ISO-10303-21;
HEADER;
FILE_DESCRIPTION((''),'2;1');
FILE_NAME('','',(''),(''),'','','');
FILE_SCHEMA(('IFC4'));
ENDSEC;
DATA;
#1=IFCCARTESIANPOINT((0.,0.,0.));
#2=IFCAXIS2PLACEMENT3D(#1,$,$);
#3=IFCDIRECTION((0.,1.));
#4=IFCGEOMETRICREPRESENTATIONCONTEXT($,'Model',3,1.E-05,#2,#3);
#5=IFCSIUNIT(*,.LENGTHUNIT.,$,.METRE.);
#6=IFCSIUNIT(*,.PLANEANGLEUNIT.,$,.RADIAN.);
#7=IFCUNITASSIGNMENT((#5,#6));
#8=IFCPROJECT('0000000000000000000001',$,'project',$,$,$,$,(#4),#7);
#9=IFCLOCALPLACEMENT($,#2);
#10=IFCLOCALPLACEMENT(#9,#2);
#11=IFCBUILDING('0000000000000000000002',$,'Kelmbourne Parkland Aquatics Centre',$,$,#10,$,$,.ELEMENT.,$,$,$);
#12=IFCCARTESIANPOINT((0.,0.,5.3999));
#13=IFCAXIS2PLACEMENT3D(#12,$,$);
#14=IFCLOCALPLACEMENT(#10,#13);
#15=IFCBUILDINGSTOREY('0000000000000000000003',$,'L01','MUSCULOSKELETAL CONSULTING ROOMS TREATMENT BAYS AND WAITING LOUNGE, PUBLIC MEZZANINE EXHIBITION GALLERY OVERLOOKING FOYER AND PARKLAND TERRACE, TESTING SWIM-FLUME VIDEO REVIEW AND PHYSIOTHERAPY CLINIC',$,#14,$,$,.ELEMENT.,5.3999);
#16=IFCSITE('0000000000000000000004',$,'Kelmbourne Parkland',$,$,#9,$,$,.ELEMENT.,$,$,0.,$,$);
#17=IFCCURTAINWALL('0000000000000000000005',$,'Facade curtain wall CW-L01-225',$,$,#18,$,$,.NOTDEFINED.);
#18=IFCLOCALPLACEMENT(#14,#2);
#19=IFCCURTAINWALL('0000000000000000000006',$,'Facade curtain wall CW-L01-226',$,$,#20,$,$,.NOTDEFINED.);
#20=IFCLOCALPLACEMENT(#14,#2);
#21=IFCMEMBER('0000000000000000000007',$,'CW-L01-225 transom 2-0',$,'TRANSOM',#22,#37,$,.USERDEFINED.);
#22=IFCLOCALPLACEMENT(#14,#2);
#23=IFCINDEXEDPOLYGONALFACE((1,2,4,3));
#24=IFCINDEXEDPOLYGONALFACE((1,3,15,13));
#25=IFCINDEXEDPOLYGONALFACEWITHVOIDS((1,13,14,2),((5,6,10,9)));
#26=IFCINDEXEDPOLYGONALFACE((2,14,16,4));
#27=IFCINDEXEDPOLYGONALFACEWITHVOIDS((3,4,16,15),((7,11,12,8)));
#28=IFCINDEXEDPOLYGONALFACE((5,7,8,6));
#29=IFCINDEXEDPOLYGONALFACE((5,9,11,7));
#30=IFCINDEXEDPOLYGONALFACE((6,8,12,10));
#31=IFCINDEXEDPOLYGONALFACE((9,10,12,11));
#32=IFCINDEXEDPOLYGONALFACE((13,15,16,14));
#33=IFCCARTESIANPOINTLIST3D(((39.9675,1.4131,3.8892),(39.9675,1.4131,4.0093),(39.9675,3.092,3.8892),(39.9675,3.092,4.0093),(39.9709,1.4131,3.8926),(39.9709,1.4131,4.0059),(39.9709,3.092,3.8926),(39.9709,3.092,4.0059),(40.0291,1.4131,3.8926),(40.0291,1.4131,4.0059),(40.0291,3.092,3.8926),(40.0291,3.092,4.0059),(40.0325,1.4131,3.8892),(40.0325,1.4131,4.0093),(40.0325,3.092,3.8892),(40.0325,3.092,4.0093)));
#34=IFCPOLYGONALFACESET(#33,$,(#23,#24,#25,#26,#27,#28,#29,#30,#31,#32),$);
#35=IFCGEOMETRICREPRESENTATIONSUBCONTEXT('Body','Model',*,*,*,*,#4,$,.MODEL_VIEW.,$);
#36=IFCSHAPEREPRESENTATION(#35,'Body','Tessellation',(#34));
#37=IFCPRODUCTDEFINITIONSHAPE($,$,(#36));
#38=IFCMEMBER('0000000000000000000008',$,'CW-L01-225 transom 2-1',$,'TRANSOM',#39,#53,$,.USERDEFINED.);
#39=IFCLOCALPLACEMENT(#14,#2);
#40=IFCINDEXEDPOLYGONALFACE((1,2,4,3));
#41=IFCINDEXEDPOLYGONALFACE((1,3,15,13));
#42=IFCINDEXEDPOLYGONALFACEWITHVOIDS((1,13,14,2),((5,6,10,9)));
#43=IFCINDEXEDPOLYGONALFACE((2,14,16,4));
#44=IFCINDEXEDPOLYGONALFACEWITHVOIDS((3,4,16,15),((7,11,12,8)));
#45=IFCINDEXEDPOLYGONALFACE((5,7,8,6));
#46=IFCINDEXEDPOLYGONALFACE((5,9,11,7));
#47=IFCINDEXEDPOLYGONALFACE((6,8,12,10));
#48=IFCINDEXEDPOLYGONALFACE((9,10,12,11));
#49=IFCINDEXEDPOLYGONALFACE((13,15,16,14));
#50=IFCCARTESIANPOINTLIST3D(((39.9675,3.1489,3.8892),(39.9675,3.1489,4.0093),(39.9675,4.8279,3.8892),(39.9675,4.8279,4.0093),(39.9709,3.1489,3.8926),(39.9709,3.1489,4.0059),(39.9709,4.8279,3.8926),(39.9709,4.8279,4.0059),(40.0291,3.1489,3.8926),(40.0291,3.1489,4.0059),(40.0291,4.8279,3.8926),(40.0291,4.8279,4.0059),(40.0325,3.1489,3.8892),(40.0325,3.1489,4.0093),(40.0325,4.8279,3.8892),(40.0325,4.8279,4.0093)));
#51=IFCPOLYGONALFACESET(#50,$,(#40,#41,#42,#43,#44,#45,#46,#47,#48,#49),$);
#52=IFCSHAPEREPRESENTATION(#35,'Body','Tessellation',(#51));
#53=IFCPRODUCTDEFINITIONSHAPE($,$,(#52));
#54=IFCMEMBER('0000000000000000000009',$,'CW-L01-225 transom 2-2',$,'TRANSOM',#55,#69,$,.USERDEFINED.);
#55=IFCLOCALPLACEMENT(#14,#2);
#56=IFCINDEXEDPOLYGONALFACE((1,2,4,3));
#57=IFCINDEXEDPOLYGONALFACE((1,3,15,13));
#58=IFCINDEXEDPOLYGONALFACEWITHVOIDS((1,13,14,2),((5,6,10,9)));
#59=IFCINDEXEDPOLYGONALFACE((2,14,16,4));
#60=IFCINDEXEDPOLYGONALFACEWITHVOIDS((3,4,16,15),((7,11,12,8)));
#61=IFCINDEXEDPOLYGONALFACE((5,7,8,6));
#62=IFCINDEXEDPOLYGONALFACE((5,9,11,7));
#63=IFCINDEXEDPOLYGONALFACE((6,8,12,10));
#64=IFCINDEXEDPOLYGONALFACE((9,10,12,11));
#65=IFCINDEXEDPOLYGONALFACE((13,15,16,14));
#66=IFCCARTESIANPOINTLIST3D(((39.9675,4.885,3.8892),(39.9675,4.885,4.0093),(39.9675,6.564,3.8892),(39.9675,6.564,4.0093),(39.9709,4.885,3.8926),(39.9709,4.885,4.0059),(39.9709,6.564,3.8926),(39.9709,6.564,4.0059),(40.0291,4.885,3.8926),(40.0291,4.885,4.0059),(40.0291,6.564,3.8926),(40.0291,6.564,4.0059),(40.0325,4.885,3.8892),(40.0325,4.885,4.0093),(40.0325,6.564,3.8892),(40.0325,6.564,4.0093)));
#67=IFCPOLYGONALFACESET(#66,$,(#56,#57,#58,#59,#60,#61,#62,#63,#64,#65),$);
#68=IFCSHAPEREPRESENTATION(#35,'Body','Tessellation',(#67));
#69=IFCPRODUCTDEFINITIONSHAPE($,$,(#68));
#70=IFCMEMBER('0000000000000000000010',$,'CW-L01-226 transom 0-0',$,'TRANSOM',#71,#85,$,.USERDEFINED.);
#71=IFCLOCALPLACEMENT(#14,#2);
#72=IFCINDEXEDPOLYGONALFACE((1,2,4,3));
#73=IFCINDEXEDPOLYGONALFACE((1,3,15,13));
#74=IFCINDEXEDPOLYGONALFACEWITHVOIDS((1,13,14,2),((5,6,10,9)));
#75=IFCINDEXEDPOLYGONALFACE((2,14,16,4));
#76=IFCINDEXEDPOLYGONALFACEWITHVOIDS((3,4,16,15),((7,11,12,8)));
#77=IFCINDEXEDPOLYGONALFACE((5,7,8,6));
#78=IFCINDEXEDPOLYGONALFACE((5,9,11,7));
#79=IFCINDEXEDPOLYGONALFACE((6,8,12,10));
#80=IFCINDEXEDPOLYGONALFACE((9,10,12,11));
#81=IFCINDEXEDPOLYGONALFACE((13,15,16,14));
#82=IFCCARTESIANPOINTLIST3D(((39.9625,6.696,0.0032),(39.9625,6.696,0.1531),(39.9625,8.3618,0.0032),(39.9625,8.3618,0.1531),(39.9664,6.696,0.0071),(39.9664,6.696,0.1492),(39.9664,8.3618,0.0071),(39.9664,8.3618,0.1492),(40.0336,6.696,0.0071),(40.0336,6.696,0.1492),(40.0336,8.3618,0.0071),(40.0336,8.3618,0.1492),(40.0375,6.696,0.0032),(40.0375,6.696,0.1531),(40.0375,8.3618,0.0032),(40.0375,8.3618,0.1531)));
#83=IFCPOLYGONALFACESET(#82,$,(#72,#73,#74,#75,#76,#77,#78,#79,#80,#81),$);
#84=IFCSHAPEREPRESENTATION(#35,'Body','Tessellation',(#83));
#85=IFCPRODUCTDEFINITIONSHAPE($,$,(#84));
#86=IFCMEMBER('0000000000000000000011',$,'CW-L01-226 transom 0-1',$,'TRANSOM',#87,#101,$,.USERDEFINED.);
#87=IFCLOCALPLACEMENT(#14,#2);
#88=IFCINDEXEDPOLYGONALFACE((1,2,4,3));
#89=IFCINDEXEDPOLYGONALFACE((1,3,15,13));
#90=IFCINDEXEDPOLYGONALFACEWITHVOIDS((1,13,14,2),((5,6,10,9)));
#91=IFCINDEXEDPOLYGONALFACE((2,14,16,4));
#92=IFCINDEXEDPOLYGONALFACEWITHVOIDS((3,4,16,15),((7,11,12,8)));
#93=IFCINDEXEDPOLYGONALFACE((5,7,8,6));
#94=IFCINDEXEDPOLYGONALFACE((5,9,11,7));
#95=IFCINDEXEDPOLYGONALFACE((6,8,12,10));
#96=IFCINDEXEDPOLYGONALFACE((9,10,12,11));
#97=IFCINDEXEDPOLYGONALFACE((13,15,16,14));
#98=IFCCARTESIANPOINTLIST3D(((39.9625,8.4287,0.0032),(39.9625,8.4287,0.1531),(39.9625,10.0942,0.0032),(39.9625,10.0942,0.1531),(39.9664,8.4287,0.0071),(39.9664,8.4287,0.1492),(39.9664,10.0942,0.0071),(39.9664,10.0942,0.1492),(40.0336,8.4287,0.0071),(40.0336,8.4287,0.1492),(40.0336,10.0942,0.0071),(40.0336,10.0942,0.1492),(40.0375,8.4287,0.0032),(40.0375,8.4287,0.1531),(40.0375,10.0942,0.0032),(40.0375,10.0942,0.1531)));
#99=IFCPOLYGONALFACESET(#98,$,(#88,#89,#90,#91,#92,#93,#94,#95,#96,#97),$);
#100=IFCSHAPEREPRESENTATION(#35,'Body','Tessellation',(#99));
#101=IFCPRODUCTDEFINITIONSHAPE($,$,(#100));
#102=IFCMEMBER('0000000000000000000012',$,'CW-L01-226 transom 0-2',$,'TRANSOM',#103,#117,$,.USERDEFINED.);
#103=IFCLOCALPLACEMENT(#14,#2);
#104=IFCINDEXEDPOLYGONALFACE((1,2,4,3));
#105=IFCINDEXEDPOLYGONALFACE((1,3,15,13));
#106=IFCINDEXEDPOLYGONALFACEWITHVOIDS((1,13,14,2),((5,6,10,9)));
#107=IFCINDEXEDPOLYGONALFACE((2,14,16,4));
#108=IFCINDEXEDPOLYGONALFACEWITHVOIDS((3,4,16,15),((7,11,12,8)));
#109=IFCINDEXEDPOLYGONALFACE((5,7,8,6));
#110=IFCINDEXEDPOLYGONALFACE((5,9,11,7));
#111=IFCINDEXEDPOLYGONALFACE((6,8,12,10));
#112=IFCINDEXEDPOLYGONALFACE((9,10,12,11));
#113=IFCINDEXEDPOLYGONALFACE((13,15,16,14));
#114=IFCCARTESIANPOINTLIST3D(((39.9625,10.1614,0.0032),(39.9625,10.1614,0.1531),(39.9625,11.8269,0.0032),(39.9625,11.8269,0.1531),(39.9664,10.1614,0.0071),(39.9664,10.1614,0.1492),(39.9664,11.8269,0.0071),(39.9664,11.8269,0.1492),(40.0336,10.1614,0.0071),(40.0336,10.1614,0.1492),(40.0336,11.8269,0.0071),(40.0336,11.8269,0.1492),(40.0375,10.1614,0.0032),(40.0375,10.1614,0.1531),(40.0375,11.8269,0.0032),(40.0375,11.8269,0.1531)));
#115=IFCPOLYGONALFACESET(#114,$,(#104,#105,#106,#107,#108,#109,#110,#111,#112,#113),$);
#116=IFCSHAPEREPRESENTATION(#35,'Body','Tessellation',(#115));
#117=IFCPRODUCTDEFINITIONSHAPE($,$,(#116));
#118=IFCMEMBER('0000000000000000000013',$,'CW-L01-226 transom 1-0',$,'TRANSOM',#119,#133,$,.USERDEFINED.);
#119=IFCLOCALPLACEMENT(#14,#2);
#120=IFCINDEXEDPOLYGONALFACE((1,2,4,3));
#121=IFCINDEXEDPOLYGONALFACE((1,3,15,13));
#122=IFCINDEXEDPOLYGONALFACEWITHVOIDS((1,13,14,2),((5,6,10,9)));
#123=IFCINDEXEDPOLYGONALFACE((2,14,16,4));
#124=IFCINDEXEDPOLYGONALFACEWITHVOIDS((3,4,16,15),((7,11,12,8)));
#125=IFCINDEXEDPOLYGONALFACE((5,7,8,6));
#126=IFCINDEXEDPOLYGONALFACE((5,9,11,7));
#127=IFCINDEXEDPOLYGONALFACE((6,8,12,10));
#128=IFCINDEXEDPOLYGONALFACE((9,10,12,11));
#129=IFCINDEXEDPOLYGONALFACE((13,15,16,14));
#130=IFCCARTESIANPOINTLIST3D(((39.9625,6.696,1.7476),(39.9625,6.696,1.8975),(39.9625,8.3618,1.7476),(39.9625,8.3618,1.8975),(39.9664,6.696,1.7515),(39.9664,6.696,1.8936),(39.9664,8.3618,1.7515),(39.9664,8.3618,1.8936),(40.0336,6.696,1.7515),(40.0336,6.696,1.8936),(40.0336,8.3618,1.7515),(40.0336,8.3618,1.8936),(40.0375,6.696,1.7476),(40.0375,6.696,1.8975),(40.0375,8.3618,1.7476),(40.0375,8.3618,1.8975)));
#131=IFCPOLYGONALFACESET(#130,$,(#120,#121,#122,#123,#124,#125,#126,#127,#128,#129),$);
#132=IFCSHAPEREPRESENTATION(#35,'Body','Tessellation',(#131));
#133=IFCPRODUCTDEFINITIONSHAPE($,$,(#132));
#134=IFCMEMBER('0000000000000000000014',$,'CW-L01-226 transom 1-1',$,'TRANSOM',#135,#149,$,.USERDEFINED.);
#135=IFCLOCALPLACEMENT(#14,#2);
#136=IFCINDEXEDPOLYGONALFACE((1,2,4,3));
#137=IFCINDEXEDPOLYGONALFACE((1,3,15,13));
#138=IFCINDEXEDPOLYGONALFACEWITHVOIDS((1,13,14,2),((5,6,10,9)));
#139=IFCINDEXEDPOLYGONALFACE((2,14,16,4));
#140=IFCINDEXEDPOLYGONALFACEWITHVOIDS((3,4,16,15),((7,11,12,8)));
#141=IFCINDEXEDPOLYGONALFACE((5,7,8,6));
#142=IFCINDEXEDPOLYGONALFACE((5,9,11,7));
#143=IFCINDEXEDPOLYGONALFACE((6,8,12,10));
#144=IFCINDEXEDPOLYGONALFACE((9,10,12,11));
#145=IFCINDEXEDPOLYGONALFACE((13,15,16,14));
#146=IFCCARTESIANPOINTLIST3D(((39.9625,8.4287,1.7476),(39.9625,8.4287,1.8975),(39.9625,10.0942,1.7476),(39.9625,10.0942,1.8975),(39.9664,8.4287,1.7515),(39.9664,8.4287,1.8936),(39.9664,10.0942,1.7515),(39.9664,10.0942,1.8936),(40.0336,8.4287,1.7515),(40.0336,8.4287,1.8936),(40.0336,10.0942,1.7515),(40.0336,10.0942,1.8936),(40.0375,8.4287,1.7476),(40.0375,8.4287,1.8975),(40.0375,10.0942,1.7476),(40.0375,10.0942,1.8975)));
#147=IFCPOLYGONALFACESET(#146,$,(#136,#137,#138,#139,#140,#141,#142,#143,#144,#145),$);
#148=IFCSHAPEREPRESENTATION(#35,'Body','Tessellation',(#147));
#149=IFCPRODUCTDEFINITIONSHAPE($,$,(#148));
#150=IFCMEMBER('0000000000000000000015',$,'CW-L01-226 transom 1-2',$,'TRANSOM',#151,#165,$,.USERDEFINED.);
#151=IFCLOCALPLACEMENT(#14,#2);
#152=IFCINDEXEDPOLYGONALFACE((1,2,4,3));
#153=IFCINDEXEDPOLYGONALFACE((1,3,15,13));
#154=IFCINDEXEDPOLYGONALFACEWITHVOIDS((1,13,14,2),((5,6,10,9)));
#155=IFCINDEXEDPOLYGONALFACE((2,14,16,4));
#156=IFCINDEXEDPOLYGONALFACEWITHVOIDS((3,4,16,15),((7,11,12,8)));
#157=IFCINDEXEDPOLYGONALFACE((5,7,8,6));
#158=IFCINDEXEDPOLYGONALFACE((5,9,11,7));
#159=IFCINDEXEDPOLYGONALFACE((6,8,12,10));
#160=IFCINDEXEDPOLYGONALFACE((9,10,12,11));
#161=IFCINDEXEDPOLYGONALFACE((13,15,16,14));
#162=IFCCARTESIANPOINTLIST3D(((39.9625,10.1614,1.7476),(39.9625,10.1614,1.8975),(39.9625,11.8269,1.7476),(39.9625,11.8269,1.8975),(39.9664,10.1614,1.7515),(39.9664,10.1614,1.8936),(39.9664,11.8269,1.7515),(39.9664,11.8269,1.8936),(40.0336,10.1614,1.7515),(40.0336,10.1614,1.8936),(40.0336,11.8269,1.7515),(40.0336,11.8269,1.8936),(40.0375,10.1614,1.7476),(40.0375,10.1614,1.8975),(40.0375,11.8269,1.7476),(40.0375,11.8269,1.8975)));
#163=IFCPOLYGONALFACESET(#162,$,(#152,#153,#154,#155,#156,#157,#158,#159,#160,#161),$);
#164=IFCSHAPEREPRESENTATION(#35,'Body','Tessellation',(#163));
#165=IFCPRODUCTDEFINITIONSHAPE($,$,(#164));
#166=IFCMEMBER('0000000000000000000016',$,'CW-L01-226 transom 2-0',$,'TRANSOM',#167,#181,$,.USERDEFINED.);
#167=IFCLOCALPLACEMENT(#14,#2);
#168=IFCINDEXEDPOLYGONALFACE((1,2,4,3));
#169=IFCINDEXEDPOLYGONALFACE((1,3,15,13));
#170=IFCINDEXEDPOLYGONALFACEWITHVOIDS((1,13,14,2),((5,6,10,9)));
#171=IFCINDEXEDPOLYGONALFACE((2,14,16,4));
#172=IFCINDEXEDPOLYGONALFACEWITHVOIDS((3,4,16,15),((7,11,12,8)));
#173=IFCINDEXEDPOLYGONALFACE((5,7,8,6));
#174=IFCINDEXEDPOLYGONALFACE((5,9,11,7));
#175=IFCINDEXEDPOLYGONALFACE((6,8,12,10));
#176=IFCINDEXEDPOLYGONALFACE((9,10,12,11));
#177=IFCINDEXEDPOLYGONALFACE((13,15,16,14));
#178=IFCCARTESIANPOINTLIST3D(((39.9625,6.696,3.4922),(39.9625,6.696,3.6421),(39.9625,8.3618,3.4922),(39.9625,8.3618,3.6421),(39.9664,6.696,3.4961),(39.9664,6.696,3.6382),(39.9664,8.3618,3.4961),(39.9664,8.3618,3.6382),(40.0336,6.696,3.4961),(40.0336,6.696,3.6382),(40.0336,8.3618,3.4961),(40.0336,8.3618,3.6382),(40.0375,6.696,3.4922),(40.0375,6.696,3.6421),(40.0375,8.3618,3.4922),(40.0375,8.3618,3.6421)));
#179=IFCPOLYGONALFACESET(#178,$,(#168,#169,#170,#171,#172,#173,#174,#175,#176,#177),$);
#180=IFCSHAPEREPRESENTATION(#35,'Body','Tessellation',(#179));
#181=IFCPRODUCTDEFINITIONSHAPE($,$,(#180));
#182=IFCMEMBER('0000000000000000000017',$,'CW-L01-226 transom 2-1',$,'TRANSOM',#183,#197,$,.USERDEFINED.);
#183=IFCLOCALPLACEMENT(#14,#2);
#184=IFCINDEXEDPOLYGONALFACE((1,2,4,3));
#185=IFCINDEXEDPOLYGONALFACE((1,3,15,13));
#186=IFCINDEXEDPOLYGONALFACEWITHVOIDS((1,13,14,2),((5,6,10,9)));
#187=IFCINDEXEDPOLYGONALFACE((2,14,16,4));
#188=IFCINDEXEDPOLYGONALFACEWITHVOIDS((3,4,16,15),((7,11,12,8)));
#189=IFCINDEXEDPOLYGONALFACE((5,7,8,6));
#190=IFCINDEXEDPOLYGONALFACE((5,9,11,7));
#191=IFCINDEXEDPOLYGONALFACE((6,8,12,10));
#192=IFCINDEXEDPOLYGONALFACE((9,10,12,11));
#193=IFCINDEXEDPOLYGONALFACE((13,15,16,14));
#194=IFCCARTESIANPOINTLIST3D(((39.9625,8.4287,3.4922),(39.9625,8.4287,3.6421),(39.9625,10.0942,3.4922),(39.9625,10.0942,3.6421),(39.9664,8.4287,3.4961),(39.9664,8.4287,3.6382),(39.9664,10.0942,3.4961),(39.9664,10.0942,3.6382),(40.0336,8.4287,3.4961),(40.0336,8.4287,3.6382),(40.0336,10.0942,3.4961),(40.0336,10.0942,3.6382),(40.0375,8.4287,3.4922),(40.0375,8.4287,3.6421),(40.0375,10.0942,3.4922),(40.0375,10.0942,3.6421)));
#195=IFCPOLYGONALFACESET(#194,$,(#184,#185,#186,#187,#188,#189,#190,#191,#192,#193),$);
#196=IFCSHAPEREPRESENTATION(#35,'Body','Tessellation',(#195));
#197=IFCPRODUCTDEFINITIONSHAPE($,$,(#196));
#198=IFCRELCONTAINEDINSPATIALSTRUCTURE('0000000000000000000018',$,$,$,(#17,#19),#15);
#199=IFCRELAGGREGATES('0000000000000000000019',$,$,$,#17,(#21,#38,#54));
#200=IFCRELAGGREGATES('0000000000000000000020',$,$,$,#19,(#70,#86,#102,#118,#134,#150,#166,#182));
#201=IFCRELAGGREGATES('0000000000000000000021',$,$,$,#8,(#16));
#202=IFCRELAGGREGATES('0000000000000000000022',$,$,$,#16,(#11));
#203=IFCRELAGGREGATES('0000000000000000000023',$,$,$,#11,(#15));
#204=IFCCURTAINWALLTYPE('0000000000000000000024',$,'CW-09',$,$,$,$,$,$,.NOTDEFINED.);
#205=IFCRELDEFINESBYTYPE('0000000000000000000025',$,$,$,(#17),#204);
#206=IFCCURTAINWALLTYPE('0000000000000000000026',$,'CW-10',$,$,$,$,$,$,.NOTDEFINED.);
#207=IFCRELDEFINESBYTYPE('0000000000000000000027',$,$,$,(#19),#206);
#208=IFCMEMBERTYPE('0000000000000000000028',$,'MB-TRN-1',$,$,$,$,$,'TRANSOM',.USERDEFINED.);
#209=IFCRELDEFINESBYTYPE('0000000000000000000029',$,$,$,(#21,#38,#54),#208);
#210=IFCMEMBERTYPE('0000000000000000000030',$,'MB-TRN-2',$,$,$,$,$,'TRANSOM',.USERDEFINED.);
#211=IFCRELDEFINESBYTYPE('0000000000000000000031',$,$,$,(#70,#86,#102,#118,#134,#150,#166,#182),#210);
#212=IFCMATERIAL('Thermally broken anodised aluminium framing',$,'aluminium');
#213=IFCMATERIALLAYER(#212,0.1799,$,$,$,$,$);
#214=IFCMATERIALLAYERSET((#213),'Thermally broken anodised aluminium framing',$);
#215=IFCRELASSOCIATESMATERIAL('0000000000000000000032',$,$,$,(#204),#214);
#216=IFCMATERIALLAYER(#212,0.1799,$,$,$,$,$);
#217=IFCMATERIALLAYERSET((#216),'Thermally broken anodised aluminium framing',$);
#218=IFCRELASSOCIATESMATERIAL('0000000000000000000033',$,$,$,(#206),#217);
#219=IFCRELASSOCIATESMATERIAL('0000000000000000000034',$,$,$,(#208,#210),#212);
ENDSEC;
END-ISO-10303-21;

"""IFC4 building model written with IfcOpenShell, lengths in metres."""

from ifc_helpers import new_model, si_unit, direction, frame, origin, origin_2d, place, context, subcontext, project, spatial, hollow_rectangle, extrude, material, layer, layer_set, material_profile, profile_set, type_object, element, aggregate, save


model = new_model("IFC4")

# Units and contexts
model_context = context("Model", 3, precision=1e-05, world=origin(), true_north=direction((0.0, 1.0)))
body_context = subcontext(model_context, "Body", "Model", "MODEL_VIEW")
ifc_project = project(units=[si_unit("LENGTHUNIT", "METRE"), si_unit("PLANEANGLEUNIT", "RADIAN")], contexts=[model_context])

# Site, building, storey
site_placement = place(None, origin())
site = spatial("IfcSite", under=ifc_project, at=site_placement, Name="Kelmbourne Parkland", CompositionType="ELEMENT", RefElevation=0.0)
building_placement = place(site_placement, origin())
building = spatial("IfcBuilding", under=site, at=building_placement, Name="Kelmbourne Parkland Aquatics Centre", CompositionType="ELEMENT")
storey_placement = place(building_placement, frame((0.0, 0.0, 5.3999)))
storey = spatial("IfcBuildingStorey", under=building, at=storey_placement, Name="L01", Description="MUSCULOSKELETAL CONSULTING ROOMS TREATMENT BAYS AND WAITING LOUNGE, PUBLIC MEZZANINE EXHIBITION GALLERY OVERLOOKING FOYER AND PARKLAND TERRACE, TESTING SWIM-FLUME VIDEO REVIEW AND PHYSIOTHERAPY CLINIC", CompositionType="ELEMENT", Elevation=5.3999)

# Curtain walls
ifc_material_1 = material(Name="Thermally broken anodised aluminium framing", Category="aluminium")
ifc_layer_1 = layer(ifc_material_1, 0.1799)
ifc_layer_set_1 = layer_set([ifc_layer_1], Name="Thermally broken anodised aluminium framing")
curtain_wall_type_1 = type_object("IfcCurtainWallType", Name="CW-09", PredefinedType="NOTDEFINED", material=ifc_layer_set_1)
curtain_wall_1_placement = place(storey_placement, origin())
curtain_wall_1 = element("IfcCurtainWall", 1, at=curtain_wall_1_placement, inside=storey, type_object=curtain_wall_type_1, Name="Facade curtain wall CW-L01-225", PredefinedType="NOTDEFINED")
ifc_layer_2 = layer(ifc_material_1, 0.1799)
ifc_layer_set_2 = layer_set([ifc_layer_2], Name="Thermally broken anodised aluminium framing")
curtain_wall_type_2 = type_object("IfcCurtainWallType", Name="CW-10", PredefinedType="NOTDEFINED", material=ifc_layer_set_2)
curtain_wall_2_placement = place(storey_placement, origin())
curtain_wall_2 = element("IfcCurtainWall", 2, at=curtain_wall_2_placement, inside=storey, type_object=curtain_wall_type_2, Name="Facade curtain wall CW-L01-226", PredefinedType="NOTDEFINED")

# Members
ifc_material_profile_1 = material_profile(ifc_material_1, hollow_rectangle(XDim=0.0649, YDim=0.1201, WallThickness=0.0034, at=origin_2d()), Name="CW-T 65x120")
ifc_profile_set_1 = profile_set([ifc_material_profile_1], Name="Thermally broken anodised aluminium framing")
member_type_1 = type_object("IfcMemberType", Name="MB-TRN-1", ElementType="TRANSOM", PredefinedType="USERDEFINED", material=ifc_profile_set_1)
member_1_placement = place(storey_placement, frame((40.0, 1.4131, 3.9492), z_axis=(0.0, 1.0, 0.0), x_axis=(-1.0, 0.0, 0.0)))
member_1 = element("IfcMember", 3, at=member_1_placement, type_object=member_type_1, Name="CW-L01-225 transom 2-0", ObjectType="TRANSOM", PredefinedType="USERDEFINED", context=body_context, shape_type="SweptSolid", body=[
    extrude(hollow_rectangle(XDim=0.0649, YDim=0.1201, WallThickness=0.0034, at=origin_2d()), origin(), (0.0, 0.0, 1.0), 1.679),
])
member_2_placement = place(storey_placement, frame((40.0, 3.1489, 3.9492), z_axis=(0.0, 1.0, 0.0), x_axis=(-1.0, 0.0, 0.0)))
member_2 = element("IfcMember", 4, at=member_2_placement, type_object=member_type_1, Name="CW-L01-225 transom 2-1", ObjectType="TRANSOM", PredefinedType="USERDEFINED", context=body_context, shape_type="SweptSolid", body=[
    extrude(hollow_rectangle(XDim=0.0649, YDim=0.1201, WallThickness=0.0034, at=origin_2d()), origin(), (0.0, 0.0, 1.0), 1.679),
])
member_3_placement = place(storey_placement, frame((40.0, 4.885, 3.9492), z_axis=(0.0, 1.0, 0.0), x_axis=(-1.0, 0.0, 0.0)))
member_3 = element("IfcMember", 5, at=member_3_placement, type_object=member_type_1, Name="CW-L01-225 transom 2-2", ObjectType="TRANSOM", PredefinedType="USERDEFINED", context=body_context, shape_type="SweptSolid", body=[
    extrude(hollow_rectangle(XDim=0.0649, YDim=0.1201, WallThickness=0.0034, at=origin_2d()), origin(), (0.0, 0.0, 1.0), 1.679),
])
ifc_material_profile_2 = material_profile(ifc_material_1, hollow_rectangle(XDim=0.075, YDim=0.1499, WallThickness=0.0039, at=origin_2d()), Name="CW-T 75x150")
ifc_profile_set_2 = profile_set([ifc_material_profile_2], Name="Thermally broken anodised aluminium framing")
member_type_2 = type_object("IfcMemberType", Name="MB-TRN-2", ElementType="TRANSOM", PredefinedType="USERDEFINED", material=ifc_profile_set_2)
member_4_placement = place(storey_placement, frame((40.0, 6.696, 0.0781), z_axis=(0.0, 1.0, 0.0), x_axis=(-1.0, 0.0, 0.0)))
member_4 = element("IfcMember", 6, at=member_4_placement, type_object=member_type_2, Name="CW-L01-226 transom 0-0", ObjectType="TRANSOM", PredefinedType="USERDEFINED", context=body_context, shape_type="SweptSolid", body=[
    extrude(hollow_rectangle(XDim=0.075, YDim=0.1499, WallThickness=0.0039, at=origin_2d()), origin(), (0.0, 0.0, 1.0), 1.6658),
])
member_5_placement = place(storey_placement, frame((40.0, 8.4287, 0.0781), z_axis=(0.0, 1.0, 0.0), x_axis=(-1.0, 0.0, 0.0)))
member_5 = element("IfcMember", 7, at=member_5_placement, type_object=member_type_2, Name="CW-L01-226 transom 0-1", ObjectType="TRANSOM", PredefinedType="USERDEFINED", context=body_context, shape_type="SweptSolid", body=[
    extrude(hollow_rectangle(XDim=0.075, YDim=0.1499, WallThickness=0.0039, at=origin_2d()), origin(), (0.0, 0.0, 1.0), 1.6655),
])
member_6_placement = place(storey_placement, frame((40.0, 10.1614, 0.0781), z_axis=(0.0, 1.0, 0.0), x_axis=(-1.0, 0.0, 0.0)))
member_6 = element("IfcMember", 8, at=member_6_placement, type_object=member_type_2, Name="CW-L01-226 transom 0-2", ObjectType="TRANSOM", PredefinedType="USERDEFINED", context=body_context, shape_type="SweptSolid", body=[
    extrude(hollow_rectangle(XDim=0.075, YDim=0.1499, WallThickness=0.0039, at=origin_2d()), origin(), (0.0, 0.0, 1.0), 1.6655),
])
member_7_placement = place(storey_placement, frame((40.0, 6.696, 1.8225), z_axis=(0.0, 1.0, 0.0), x_axis=(-1.0, 0.0, 0.0)))
member_7 = element("IfcMember", 9, at=member_7_placement, type_object=member_type_2, Name="CW-L01-226 transom 1-0", ObjectType="TRANSOM", PredefinedType="USERDEFINED", context=body_context, shape_type="SweptSolid", body=[
    extrude(hollow_rectangle(XDim=0.075, YDim=0.1499, WallThickness=0.0039, at=origin_2d()), origin(), (0.0, 0.0, 1.0), 1.6658),
])
member_8_placement = place(storey_placement, frame((40.0, 8.4287, 1.8225), z_axis=(0.0, 1.0, 0.0), x_axis=(-1.0, 0.0, 0.0)))
member_8 = element("IfcMember", 10, at=member_8_placement, type_object=member_type_2, Name="CW-L01-226 transom 1-1", ObjectType="TRANSOM", PredefinedType="USERDEFINED", context=body_context, shape_type="SweptSolid", body=[
    extrude(hollow_rectangle(XDim=0.075, YDim=0.1499, WallThickness=0.0039, at=origin_2d()), origin(), (0.0, 0.0, 1.0), 1.6655),
])
member_9_placement = place(storey_placement, frame((40.0, 10.1614, 1.8225), z_axis=(0.0, 1.0, 0.0), x_axis=(-1.0, 0.0, 0.0)))
member_9 = element("IfcMember", 11, at=member_9_placement, type_object=member_type_2, Name="CW-L01-226 transom 1-2", ObjectType="TRANSOM", PredefinedType="USERDEFINED", context=body_context, shape_type="SweptSolid", body=[
    extrude(hollow_rectangle(XDim=0.075, YDim=0.1499, WallThickness=0.0039, at=origin_2d()), origin(), (0.0, 0.0, 1.0), 1.6655),
])
member_10_placement = place(storey_placement, frame((40.0, 6.696, 3.5671), z_axis=(0.0, 1.0, 0.0), x_axis=(-1.0, 0.0, 0.0)))
member_10 = element("IfcMember", 12, at=member_10_placement, type_object=member_type_2, Name="CW-L01-226 transom 2-0", ObjectType="TRANSOM", PredefinedType="USERDEFINED", context=body_context, shape_type="SweptSolid", body=[
    extrude(hollow_rectangle(XDim=0.075, YDim=0.1499, WallThickness=0.0039, at=origin_2d()), origin(), (0.0, 0.0, 1.0), 1.6658),
])
member_11_placement = place(storey_placement, frame((40.0, 8.4287, 3.5671), z_axis=(0.0, 1.0, 0.0), x_axis=(-1.0, 0.0, 0.0)))
member_11 = element("IfcMember", 13, at=member_11_placement, type_object=member_type_2, Name="CW-L01-226 transom 2-1", ObjectType="TRANSOM", PredefinedType="USERDEFINED", context=body_context, shape_type="SweptSolid", body=[
    extrude(hollow_rectangle(XDim=0.075, YDim=0.1499, WallThickness=0.0039, at=origin_2d()), origin(), (0.0, 0.0, 1.0), 1.6655),
])

aggregate(curtain_wall_1, [member_1, member_2, member_3])
aggregate(curtain_wall_2, [member_4, member_5, member_6, member_7, member_8, member_9, member_10, member_11])

save(model, "model.ifc")
